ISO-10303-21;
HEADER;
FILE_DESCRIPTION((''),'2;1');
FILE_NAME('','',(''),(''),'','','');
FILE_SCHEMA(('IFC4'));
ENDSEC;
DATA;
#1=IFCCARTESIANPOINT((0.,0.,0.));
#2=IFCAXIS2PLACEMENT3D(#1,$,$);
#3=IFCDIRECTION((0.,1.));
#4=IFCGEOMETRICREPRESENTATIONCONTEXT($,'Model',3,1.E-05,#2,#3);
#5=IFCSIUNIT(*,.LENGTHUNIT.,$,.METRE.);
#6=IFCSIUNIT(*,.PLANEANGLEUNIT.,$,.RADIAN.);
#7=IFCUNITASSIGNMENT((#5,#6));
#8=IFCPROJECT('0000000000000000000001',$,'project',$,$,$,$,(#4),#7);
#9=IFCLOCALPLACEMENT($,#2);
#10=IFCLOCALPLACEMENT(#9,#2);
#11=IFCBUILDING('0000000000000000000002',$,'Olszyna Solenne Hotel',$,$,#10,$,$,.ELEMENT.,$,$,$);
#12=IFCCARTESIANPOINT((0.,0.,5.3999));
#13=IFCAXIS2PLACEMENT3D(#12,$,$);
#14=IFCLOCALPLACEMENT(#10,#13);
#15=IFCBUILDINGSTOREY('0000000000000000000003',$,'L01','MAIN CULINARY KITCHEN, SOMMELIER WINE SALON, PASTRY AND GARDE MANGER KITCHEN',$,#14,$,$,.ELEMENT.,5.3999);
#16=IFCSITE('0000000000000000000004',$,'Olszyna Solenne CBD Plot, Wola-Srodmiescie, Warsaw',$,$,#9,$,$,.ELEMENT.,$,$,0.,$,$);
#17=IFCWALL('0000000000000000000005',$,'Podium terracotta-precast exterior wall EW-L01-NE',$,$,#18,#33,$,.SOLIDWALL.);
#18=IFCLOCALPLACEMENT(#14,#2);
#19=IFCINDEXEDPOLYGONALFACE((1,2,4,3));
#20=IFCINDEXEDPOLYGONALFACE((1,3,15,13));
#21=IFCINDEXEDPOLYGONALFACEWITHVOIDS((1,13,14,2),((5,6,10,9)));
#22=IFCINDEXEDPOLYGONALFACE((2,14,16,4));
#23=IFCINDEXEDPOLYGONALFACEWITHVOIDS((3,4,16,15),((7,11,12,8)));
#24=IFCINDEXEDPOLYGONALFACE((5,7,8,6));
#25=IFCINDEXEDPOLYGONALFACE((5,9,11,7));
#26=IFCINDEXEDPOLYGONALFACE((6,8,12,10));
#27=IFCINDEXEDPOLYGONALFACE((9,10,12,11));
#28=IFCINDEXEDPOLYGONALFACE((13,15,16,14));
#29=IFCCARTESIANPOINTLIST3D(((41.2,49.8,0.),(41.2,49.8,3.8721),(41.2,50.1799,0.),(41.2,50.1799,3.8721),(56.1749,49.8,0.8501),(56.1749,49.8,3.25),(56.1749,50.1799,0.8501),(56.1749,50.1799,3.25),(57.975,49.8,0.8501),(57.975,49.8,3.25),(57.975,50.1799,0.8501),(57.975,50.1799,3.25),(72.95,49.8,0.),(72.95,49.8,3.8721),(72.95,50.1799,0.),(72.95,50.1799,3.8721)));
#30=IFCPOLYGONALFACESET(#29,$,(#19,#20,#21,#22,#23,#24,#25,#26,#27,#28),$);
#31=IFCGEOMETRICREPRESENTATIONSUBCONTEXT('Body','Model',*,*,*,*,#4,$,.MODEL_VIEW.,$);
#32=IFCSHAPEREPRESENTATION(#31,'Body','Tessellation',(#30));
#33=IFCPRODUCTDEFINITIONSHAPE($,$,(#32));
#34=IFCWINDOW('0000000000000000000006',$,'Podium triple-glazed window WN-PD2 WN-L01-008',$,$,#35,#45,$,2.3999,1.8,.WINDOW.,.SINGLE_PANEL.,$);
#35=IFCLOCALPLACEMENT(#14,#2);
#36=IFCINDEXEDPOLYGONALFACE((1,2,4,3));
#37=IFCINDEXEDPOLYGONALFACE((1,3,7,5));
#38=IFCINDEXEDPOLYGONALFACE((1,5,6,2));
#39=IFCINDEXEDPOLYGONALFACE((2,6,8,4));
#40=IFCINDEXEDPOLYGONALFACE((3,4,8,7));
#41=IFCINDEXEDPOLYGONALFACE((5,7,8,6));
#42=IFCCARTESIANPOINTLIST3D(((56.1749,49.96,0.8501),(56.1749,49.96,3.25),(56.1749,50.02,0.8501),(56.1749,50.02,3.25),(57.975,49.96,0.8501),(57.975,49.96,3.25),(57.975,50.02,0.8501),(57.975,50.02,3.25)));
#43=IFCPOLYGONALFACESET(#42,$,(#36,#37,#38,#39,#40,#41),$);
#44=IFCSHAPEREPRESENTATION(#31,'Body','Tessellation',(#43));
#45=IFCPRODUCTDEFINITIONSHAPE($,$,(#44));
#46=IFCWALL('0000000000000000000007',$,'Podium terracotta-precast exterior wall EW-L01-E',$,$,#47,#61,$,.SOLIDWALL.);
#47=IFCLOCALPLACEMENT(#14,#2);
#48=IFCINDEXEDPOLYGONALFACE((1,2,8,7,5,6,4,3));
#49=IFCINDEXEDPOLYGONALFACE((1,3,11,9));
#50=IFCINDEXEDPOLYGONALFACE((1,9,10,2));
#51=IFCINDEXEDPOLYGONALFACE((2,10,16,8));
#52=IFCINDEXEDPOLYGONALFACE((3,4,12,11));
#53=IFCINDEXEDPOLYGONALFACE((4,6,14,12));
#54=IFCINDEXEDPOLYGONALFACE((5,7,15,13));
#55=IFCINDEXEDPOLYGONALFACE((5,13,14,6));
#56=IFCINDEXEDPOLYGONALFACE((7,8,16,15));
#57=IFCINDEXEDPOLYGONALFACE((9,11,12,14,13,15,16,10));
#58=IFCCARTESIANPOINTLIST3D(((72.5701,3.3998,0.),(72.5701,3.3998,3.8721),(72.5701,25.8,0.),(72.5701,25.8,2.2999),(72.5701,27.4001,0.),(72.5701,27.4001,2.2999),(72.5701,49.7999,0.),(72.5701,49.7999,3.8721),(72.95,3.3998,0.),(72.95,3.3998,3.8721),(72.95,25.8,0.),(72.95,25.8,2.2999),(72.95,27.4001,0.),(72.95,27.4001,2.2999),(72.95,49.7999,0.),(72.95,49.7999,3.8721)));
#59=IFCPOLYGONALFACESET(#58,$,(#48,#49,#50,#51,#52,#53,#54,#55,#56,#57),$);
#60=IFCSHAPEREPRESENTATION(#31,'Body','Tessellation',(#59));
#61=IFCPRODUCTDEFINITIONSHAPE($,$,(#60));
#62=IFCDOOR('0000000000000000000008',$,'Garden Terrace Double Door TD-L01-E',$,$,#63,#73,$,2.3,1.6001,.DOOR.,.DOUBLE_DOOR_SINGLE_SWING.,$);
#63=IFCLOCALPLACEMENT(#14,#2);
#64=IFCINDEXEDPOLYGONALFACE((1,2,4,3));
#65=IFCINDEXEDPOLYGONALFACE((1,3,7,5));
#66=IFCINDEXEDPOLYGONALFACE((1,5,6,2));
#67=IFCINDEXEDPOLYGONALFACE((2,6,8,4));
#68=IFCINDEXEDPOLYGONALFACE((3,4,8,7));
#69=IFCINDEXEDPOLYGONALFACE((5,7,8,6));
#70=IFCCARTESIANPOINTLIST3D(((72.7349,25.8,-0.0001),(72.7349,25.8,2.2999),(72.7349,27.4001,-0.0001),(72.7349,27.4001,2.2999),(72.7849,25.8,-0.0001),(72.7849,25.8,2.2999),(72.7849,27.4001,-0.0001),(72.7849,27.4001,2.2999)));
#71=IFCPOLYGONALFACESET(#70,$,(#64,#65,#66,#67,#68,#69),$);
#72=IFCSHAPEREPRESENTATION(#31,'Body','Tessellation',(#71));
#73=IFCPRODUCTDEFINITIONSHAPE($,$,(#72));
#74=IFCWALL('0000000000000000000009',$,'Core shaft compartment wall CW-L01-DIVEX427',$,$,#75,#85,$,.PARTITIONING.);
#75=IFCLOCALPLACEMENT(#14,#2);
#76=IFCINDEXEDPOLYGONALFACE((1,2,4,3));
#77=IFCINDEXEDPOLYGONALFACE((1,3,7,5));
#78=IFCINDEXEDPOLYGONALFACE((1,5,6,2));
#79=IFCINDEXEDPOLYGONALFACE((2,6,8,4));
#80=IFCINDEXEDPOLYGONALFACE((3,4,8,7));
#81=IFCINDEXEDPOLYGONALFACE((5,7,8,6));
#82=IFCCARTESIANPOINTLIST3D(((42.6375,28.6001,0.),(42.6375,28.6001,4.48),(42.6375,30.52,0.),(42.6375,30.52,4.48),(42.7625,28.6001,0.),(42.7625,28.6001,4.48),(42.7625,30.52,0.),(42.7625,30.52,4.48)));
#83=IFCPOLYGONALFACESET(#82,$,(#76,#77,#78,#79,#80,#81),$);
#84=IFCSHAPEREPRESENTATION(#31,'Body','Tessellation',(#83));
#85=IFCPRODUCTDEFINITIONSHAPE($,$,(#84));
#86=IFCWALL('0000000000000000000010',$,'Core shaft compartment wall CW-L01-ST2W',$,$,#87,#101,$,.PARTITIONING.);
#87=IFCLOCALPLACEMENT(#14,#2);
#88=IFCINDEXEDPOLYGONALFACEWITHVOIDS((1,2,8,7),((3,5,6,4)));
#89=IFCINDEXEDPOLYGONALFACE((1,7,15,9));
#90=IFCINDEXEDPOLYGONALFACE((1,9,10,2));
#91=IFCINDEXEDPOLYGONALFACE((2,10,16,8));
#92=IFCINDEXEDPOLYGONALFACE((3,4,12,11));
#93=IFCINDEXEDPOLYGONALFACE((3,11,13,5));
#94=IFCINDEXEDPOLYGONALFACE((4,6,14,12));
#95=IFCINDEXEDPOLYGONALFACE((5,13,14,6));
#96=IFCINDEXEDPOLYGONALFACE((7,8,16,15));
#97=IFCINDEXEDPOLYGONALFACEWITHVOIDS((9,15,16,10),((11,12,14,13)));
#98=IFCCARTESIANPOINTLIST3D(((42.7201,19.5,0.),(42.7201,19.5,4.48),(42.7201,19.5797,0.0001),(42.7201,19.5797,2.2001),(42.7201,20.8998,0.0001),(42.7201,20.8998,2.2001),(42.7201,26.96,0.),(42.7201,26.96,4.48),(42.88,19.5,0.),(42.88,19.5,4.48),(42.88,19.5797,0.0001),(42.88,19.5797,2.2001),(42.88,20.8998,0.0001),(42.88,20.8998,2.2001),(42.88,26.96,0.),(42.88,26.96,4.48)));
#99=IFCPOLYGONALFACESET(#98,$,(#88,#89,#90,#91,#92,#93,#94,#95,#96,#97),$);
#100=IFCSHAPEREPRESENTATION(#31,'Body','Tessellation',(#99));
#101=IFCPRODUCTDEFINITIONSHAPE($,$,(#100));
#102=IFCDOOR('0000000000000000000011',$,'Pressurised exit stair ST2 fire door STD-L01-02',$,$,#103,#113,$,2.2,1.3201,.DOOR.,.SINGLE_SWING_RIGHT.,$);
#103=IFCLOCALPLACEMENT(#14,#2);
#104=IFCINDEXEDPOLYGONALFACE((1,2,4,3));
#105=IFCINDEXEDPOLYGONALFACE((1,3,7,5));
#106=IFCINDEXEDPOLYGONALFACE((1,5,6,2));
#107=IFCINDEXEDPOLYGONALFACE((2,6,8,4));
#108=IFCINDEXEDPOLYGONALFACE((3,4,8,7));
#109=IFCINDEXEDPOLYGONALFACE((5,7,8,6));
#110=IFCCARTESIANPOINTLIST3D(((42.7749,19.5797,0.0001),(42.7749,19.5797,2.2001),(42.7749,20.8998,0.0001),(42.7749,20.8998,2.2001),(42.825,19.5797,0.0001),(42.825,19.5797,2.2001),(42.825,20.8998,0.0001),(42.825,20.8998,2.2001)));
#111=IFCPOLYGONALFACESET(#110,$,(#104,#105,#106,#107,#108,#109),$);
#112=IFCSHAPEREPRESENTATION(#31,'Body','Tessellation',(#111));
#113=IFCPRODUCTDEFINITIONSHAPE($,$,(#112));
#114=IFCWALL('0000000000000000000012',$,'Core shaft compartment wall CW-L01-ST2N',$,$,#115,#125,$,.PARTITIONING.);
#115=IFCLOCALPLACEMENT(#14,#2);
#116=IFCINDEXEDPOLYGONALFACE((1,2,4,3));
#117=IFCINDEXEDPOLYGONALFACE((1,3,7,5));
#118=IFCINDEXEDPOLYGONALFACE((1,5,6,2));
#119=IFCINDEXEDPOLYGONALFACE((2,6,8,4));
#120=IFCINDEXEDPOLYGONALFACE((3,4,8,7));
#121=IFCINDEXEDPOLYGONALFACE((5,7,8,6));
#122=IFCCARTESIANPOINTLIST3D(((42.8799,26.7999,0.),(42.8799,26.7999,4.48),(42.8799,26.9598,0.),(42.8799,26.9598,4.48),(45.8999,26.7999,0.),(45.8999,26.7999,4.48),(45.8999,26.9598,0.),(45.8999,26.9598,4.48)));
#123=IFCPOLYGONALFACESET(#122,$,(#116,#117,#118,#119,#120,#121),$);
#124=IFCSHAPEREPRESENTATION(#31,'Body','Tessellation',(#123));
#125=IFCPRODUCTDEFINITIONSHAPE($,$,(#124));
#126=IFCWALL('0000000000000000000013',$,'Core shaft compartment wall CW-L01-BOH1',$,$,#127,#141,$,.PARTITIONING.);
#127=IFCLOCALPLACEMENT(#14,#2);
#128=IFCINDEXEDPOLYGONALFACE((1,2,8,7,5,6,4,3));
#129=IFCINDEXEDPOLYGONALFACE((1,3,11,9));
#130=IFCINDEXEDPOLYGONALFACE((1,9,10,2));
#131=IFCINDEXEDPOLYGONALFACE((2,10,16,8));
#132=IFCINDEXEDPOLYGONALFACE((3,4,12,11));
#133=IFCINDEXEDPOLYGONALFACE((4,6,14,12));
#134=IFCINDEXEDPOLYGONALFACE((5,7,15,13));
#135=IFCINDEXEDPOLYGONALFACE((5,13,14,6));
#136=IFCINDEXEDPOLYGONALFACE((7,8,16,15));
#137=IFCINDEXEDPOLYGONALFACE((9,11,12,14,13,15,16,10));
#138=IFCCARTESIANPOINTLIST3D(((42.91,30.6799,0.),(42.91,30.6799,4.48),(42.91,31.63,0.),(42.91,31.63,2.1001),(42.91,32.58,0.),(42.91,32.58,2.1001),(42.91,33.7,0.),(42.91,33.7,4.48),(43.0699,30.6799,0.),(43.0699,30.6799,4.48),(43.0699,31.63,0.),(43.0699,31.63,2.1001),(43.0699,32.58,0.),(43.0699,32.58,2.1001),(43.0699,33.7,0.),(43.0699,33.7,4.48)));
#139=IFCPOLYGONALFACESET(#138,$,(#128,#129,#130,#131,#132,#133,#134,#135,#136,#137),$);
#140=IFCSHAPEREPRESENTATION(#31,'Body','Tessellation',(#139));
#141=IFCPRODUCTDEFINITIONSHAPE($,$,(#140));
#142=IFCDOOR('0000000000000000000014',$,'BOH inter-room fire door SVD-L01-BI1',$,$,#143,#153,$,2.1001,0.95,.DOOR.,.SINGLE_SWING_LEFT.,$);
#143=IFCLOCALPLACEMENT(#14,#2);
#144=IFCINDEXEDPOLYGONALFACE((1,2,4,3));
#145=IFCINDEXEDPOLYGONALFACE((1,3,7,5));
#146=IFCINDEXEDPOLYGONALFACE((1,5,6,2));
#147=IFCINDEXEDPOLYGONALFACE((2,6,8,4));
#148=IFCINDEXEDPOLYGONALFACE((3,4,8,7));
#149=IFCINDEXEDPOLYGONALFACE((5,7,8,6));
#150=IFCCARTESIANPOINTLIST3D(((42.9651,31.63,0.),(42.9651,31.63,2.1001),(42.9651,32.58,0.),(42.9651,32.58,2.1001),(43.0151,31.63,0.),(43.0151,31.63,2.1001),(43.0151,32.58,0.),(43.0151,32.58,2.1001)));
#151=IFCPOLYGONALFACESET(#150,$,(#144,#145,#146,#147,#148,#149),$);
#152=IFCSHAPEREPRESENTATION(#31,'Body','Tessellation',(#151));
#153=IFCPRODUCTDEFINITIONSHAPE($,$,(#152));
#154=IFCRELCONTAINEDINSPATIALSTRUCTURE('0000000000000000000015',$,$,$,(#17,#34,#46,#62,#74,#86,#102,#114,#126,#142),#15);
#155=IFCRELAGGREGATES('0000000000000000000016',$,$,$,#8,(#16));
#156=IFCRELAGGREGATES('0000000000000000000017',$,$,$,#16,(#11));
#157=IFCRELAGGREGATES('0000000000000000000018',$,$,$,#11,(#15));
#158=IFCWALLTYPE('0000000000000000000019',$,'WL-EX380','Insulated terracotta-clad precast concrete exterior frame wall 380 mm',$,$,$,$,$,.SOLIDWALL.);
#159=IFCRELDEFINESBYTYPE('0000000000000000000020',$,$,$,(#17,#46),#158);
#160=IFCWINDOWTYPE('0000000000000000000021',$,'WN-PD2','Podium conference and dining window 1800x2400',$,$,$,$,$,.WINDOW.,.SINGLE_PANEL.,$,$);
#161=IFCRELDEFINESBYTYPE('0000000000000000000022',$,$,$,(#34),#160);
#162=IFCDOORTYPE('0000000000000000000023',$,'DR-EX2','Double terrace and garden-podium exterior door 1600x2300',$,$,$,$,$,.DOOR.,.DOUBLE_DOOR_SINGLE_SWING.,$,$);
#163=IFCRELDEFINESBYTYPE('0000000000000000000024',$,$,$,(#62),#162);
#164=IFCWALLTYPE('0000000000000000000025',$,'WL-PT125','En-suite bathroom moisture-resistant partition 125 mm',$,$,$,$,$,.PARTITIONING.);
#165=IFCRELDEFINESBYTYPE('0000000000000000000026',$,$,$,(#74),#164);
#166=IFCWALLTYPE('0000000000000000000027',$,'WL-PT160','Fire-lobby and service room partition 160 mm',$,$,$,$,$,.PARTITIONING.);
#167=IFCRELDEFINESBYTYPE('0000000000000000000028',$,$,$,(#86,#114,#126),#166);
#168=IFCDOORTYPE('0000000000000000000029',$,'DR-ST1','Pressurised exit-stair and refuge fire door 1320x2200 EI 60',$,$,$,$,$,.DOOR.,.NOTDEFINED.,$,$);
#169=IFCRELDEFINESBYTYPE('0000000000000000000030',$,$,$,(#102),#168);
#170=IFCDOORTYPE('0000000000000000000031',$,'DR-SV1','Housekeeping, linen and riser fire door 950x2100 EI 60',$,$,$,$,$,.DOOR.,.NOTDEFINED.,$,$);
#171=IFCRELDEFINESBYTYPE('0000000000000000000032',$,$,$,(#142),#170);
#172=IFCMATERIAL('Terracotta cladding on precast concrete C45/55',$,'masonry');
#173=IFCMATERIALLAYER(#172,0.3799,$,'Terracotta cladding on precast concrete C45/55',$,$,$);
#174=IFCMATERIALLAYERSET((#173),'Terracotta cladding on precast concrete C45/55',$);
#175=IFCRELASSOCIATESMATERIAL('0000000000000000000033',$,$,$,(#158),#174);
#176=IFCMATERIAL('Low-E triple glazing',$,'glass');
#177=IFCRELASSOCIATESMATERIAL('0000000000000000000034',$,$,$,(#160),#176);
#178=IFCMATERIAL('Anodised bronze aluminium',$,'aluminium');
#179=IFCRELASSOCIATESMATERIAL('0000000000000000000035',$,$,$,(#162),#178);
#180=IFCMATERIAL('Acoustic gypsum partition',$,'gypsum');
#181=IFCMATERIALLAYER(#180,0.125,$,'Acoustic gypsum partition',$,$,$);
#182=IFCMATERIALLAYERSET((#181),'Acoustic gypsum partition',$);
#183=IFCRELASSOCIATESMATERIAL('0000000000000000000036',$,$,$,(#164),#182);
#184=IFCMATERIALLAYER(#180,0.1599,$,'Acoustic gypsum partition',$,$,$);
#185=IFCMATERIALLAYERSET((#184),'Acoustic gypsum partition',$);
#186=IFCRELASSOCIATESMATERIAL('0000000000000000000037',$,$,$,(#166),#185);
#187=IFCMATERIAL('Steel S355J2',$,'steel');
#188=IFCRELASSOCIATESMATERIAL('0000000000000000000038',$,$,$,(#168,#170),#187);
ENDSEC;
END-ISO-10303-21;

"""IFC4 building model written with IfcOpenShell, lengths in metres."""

from ifc_helpers import new_model, si_unit, direction, frame, frame_2d, origin, place, context, subcontext, project, spatial, rectangle, extrude, source, transform, mapped, material, layer, layer_set, type_object, type_shapes, element, fill, save


model = new_model("IFC4")

# Units and contexts
model_context = context("Model", 3, precision=1e-05, world=origin(), true_north=direction((0.0, 1.0)))
body_context = subcontext(model_context, "Body", "Model", "MODEL_VIEW")
ifc_project = project(units=[si_unit("LENGTHUNIT", "METRE"), si_unit("PLANEANGLEUNIT", "RADIAN")], contexts=[model_context])

# Site, building, storey
site_placement = place(None, origin())
site = spatial("IfcSite", under=ifc_project, at=site_placement, Name="Olszyna Solenne CBD Plot, Wola-Srodmiescie, Warsaw", CompositionType="ELEMENT", RefElevation=0.0)
building_placement = place(site_placement, origin())
building = spatial("IfcBuilding", under=site, at=building_placement, Name="Olszyna Solenne Hotel", CompositionType="ELEMENT")
storey_placement = place(building_placement, frame((0.0, 0.0, 5.3999)))
storey = spatial("IfcBuildingStorey", under=building, at=storey_placement, Name="L01", Description="MAIN CULINARY KITCHEN, SOMMELIER WINE SALON, PASTRY AND GARDE MANGER KITCHEN", CompositionType="ELEMENT", Elevation=5.3999)

# Shared definitions
ifc_material_1 = material(Name="Steel S355J2", Category="steel")

# Shared definitions
ifc_material_2 = material(Name="Anodised bronze aluminium", Category="aluminium")

# Wall, opening, window
ifc_material_3 = material(Name="Terracotta cladding on precast concrete C45/55", Category="masonry")
ifc_layer_1 = layer(ifc_material_3, 0.3799, Name="Terracotta cladding on precast concrete C45/55")
ifc_layer_set_1 = layer_set([ifc_layer_1], Name="Terracotta cladding on precast concrete C45/55")
wall_type_1 = type_object("IfcWallType", Name="WL-EX380", Description="Insulated terracotta-clad precast concrete exterior frame wall 380 mm", PredefinedType="SOLIDWALL", material=ifc_layer_set_1)
wall_1_placement = place(storey_placement, frame((41.2, 49.99, 0.0), z_axis=(0.0, 0.0, 1.0), x_axis=(1.0, 0.0, 0.0)))
wall_1 = element("IfcWall", 1, at=wall_1_placement, inside=storey, type_object=wall_type_1, Name="Podium terracotta-precast exterior wall EW-L01-NE", PredefinedType="SOLIDWALL", context=body_context, shape_type="SweptSolid", body=[
    extrude(rectangle(XDim=31.75, YDim=0.3799, at=frame_2d((15.875, 0.0))), origin(), (0.0, 0.0, 1.0), 3.8721),
])
opening_1_placement = place(wall_1_placement, frame((14.9751, 0.0, 0.8501)))
opening_1 = element("IfcOpeningElement", 2, at=opening_1_placement, cuts=wall_1, PredefinedType="OPENING", context=body_context, shape_type="SweptSolid", body=[
    extrude(rectangle(XDim=1.8, YDim=2.3999, at=frame_2d((0.8999, 1.2))), frame((0.0, 0.2, 0.0), z_axis=(0.0, -1.0, 0.0), x_axis=(1.0, 0.0, 0.0)), (0.0, 0.0, 1.0), 0.3999),
])
ifc_material_4 = material(Name="Low-E triple glazing", Category="glass")
window_type = type_object("IfcWindowType", Name="WN-PD2", Description="Podium conference and dining window 1800x2400", PartitioningType="SINGLE_PANEL", PredefinedType="WINDOW", material=ifc_material_4)
shared_shape_1 = source(origin(), body_context, "Body", "SweptSolid", [
    extrude(rectangle(XDim=1.8, YDim=2.3999, at=frame_2d((0.8999, 1.2))), frame((0.0, 0.03, 0.0), z_axis=(0.0, -1.0, 0.0), x_axis=(1.0, 0.0, 0.0)), (0.0, 0.0, 1.0), 0.0601),
])
type_shapes(window_type, [shared_shape_1])
window_placement = place(opening_1_placement, origin())
window = element("IfcWindow", 3, at=window_placement, inside=storey, type_object=window_type, Name="Podium triple-glazed window WN-PD2 WN-L01-008", OverallHeight=2.3999, OverallWidth=1.8, PartitioningType="SINGLE_PANEL", PredefinedType="WINDOW", context=body_context, shape_type="MappedRepresentation", body=[
    mapped(shared_shape_1, transform((0.0, 0.0, 0.0), x_axis=(1.0, 0.0, 0.0), y_axis=(0.0, 1.0, 0.0), z_axis=(0.0, 0.0, 1.0), scale=1.0)),
])
fill(opening_1, window)

# Wall, opening, door
wall_2_placement = place(storey_placement, frame((72.76, 49.8, 0.0), z_axis=(0.0, 0.0, 1.0), x_axis=(0.0, -1.0, 0.0)))
wall_2 = element("IfcWall", 4, at=wall_2_placement, inside=storey, type_object=wall_type_1, Name="Podium terracotta-precast exterior wall EW-L01-E", PredefinedType="SOLIDWALL", context=body_context, shape_type="SweptSolid", body=[
    extrude(rectangle(XDim=46.4001, YDim=0.3799, at=frame_2d((23.2002, 0.0))), origin(), (0.0, 0.0, 1.0), 3.8721),
])
opening_2_placement = place(wall_2_placement, frame((22.3999, 0.0, 0.0)))
opening_2 = element("IfcOpeningElement", 5, at=opening_2_placement, cuts=wall_2, PredefinedType="OPENING", context=body_context, shape_type="SweptSolid", body=[
    extrude(rectangle(XDim=1.6001, YDim=2.3, at=frame_2d((0.8, 1.1499))), frame((0.0, 0.2, 0.0), z_axis=(0.0, -1.0, 0.0), x_axis=(1.0, 0.0, 0.0)), (0.0, 0.0, 1.0), 0.3999),
])
door_type_1 = type_object("IfcDoorType", Name="DR-EX2", Description="Double terrace and garden-podium exterior door 1600x2300", OperationType="DOUBLE_DOOR_SINGLE_SWING", PredefinedType="DOOR", material=ifc_material_2)
shared_shape_2 = source(origin(), body_context, "Body", "SweptSolid", [
    extrude(rectangle(XDim=1.6001, YDim=2.3, at=frame_2d((0.8, 1.1499))), frame((0.0, 0.0249, 0.0), z_axis=(0.0, -1.0, 0.0), x_axis=(1.0, 0.0, 0.0)), (0.0, 0.0, 1.0), 0.05),
])
type_shapes(door_type_1, [shared_shape_2])
door_1_placement = place(opening_2_placement, origin())
door_1 = element("IfcDoor", 6, at=door_1_placement, inside=storey, type_object=door_type_1, Name="Garden Terrace Double Door TD-L01-E", OperationType="DOUBLE_DOOR_SINGLE_SWING", OverallHeight=2.3, OverallWidth=1.6001, PredefinedType="DOOR", context=body_context, shape_type="MappedRepresentation", body=[
    mapped(shared_shape_2, transform((0.0, 0.0, 0.0), x_axis=(1.0, 0.0, 0.0), y_axis=(0.0, 1.0, 0.0), z_axis=(0.0, 0.0, 1.0), scale=1.0)),
])
fill(opening_2, door_1)

# Wall
ifc_material_5 = material(Name="Acoustic gypsum partition", Category="gypsum")
ifc_layer_2 = layer(ifc_material_5, 0.125, Name="Acoustic gypsum partition")
ifc_layer_set_2 = layer_set([ifc_layer_2], Name="Acoustic gypsum partition")
wall_type_2 = type_object("IfcWallType", Name="WL-PT125", Description="En-suite bathroom moisture-resistant partition 125 mm", PredefinedType="PARTITIONING", material=ifc_layer_set_2)
wall_3_placement = place(storey_placement, frame((42.7, 28.6001, 0.0), z_axis=(0.0, 0.0, 1.0), x_axis=(0.0, 1.0, 0.0)))
element("IfcWall", 7, at=wall_3_placement, inside=storey, type_object=wall_type_2, Name="Core shaft compartment wall CW-L01-DIVEX427", PredefinedType="PARTITIONING", context=body_context, shape_type="SweptSolid", body=[
    extrude(rectangle(XDim=1.9199, YDim=0.125, at=frame_2d((0.96, 0.0))), origin(), (0.0, 0.0, 1.0), 4.48),
])

# Wall, opening, door
ifc_layer_3 = layer(ifc_material_5, 0.1599, Name="Acoustic gypsum partition")
ifc_layer_set_3 = layer_set([ifc_layer_3], Name="Acoustic gypsum partition")
wall_type_3 = type_object("IfcWallType", Name="WL-PT160", Description="Fire-lobby and service room partition 160 mm", PredefinedType="PARTITIONING", material=ifc_layer_set_3)
wall_4_placement = place(storey_placement, frame((42.8, 26.96, 0.0), z_axis=(0.0, 0.0, 1.0), x_axis=(0.0, -1.0, 0.0)))
wall_4 = element("IfcWall", 8, at=wall_4_placement, inside=storey, type_object=wall_type_3, Name="Core shaft compartment wall CW-L01-ST2W", PredefinedType="PARTITIONING", context=body_context, shape_type="SweptSolid", body=[
    extrude(rectangle(XDim=7.46, YDim=0.1599, at=frame_2d((3.73, 0.0))), origin(), (0.0, 0.0, 1.0), 4.48),
])
opening_3_placement = place(wall_4_placement, frame((6.0601, 0.0, 0.0)))
opening_3 = element("IfcOpeningElement", 9, at=opening_3_placement, cuts=wall_4, PredefinedType="OPENING", context=body_context, shape_type="SweptSolid", body=[
    extrude(rectangle(XDim=1.3201, YDim=2.2, at=frame_2d((0.6602, 1.1001))), frame((0.0, 0.0898, 0.0), z_axis=(0.0, -1.0, 0.0), x_axis=(1.0, 0.0, 0.0)), (0.0, 0.0, 1.0), 0.1799),
])
door_type_2 = type_object("IfcDoorType", Name="DR-ST1", Description="Pressurised exit-stair and refuge fire door 1320x2200 EI 60", OperationType="NOTDEFINED", PredefinedType="DOOR", material=ifc_material_1)
shared_shape_3 = source(origin(), body_context, "Body", "SweptSolid", [
    extrude(rectangle(XDim=1.3201, YDim=2.2, at=frame_2d((0.6602, 1.1001))), frame((0.0, 0.0249, 0.0), z_axis=(0.0, -1.0, 0.0), x_axis=(1.0, 0.0, 0.0)), (0.0, 0.0, 1.0), 0.05),
])
type_shapes(door_type_2, [shared_shape_3])
door_2_placement = place(opening_3_placement, origin())
door_2 = element("IfcDoor", 10, at=door_2_placement, inside=storey, type_object=door_type_2, Name="Pressurised exit stair ST2 fire door STD-L01-02", OperationType="SINGLE_SWING_RIGHT", OverallHeight=2.2, OverallWidth=1.3201, PredefinedType="DOOR", context=body_context, shape_type="MappedRepresentation", body=[
    mapped(shared_shape_3, transform((0.0, 0.0, 0.0), x_axis=(1.0, 0.0, 0.0), y_axis=(0.0, 1.0, 0.0), z_axis=(0.0, 0.0, 1.0), scale=1.0)),
])
fill(opening_3, door_2)

# Wall
wall_5_placement = place(storey_placement, frame((42.8799, 26.8799, 0.0), z_axis=(0.0, 0.0, 1.0), x_axis=(1.0, 0.0, 0.0)))
element("IfcWall", 11, at=wall_5_placement, inside=storey, type_object=wall_type_3, Name="Core shaft compartment wall CW-L01-ST2N", PredefinedType="PARTITIONING", context=body_context, shape_type="SweptSolid", body=[
    extrude(rectangle(XDim=3.02, YDim=0.1599, at=frame_2d((1.51, 0.0))), origin(), (0.0, 0.0, 1.0), 4.48),
])

# Wall, opening, door
wall_6_placement = place(storey_placement, frame((42.99, 30.6799, 0.0), z_axis=(0.0, 0.0, 1.0), x_axis=(0.0, 1.0, 0.0)))
wall_6 = element("IfcWall", 12, at=wall_6_placement, inside=storey, type_object=wall_type_3, Name="Core shaft compartment wall CW-L01-BOH1", PredefinedType="PARTITIONING", context=body_context, shape_type="SweptSolid", body=[
    extrude(rectangle(XDim=3.02, YDim=0.1599, at=frame_2d((1.51, 0.0))), origin(), (0.0, 0.0, 1.0), 4.48),
])
opening_4_placement = place(wall_6_placement, frame((0.95, 0.0, 0.0)))
opening_4 = element("IfcOpeningElement", 13, at=opening_4_placement, cuts=wall_6, PredefinedType="OPENING", context=body_context, shape_type="SweptSolid", body=[
    extrude(rectangle(XDim=0.95, YDim=2.1001, at=frame_2d((0.4751, 1.05))), frame((0.0, 0.0898, 0.0), z_axis=(0.0, -1.0, 0.0), x_axis=(1.0, 0.0, 0.0)), (0.0, 0.0, 1.0), 0.1799),
])
door_type_3 = type_object("IfcDoorType", Name="DR-SV1", Description="Housekeeping, linen and riser fire door 950x2100 EI 60", OperationType="NOTDEFINED", PredefinedType="DOOR", material=ifc_material_1)
shared_shape_4 = source(origin(), body_context, "Body", "SweptSolid", [
    extrude(rectangle(XDim=0.95, YDim=2.1001, at=frame_2d((0.4751, 1.05))), frame((0.0, 0.0249, 0.0), z_axis=(0.0, -1.0, 0.0), x_axis=(1.0, 0.0, 0.0)), (0.0, 0.0, 1.0), 0.05),
])
type_shapes(door_type_3, [shared_shape_4])
door_3_placement = place(opening_4_placement, origin())
door_3 = element("IfcDoor", 14, at=door_3_placement, inside=storey, type_object=door_type_3, Name="BOH inter-room fire door SVD-L01-BI1", OperationType="SINGLE_SWING_LEFT", OverallHeight=2.1001, OverallWidth=0.95, PredefinedType="DOOR", context=body_context, shape_type="MappedRepresentation", body=[
    mapped(shared_shape_4, transform((0.0, 0.0, 0.0), x_axis=(1.0, 0.0, 0.0), y_axis=(0.0, 1.0, 0.0), z_axis=(0.0, 0.0, 1.0), scale=1.0)),
])
fill(opening_4, door_3)

save(model, "model.ifc")
